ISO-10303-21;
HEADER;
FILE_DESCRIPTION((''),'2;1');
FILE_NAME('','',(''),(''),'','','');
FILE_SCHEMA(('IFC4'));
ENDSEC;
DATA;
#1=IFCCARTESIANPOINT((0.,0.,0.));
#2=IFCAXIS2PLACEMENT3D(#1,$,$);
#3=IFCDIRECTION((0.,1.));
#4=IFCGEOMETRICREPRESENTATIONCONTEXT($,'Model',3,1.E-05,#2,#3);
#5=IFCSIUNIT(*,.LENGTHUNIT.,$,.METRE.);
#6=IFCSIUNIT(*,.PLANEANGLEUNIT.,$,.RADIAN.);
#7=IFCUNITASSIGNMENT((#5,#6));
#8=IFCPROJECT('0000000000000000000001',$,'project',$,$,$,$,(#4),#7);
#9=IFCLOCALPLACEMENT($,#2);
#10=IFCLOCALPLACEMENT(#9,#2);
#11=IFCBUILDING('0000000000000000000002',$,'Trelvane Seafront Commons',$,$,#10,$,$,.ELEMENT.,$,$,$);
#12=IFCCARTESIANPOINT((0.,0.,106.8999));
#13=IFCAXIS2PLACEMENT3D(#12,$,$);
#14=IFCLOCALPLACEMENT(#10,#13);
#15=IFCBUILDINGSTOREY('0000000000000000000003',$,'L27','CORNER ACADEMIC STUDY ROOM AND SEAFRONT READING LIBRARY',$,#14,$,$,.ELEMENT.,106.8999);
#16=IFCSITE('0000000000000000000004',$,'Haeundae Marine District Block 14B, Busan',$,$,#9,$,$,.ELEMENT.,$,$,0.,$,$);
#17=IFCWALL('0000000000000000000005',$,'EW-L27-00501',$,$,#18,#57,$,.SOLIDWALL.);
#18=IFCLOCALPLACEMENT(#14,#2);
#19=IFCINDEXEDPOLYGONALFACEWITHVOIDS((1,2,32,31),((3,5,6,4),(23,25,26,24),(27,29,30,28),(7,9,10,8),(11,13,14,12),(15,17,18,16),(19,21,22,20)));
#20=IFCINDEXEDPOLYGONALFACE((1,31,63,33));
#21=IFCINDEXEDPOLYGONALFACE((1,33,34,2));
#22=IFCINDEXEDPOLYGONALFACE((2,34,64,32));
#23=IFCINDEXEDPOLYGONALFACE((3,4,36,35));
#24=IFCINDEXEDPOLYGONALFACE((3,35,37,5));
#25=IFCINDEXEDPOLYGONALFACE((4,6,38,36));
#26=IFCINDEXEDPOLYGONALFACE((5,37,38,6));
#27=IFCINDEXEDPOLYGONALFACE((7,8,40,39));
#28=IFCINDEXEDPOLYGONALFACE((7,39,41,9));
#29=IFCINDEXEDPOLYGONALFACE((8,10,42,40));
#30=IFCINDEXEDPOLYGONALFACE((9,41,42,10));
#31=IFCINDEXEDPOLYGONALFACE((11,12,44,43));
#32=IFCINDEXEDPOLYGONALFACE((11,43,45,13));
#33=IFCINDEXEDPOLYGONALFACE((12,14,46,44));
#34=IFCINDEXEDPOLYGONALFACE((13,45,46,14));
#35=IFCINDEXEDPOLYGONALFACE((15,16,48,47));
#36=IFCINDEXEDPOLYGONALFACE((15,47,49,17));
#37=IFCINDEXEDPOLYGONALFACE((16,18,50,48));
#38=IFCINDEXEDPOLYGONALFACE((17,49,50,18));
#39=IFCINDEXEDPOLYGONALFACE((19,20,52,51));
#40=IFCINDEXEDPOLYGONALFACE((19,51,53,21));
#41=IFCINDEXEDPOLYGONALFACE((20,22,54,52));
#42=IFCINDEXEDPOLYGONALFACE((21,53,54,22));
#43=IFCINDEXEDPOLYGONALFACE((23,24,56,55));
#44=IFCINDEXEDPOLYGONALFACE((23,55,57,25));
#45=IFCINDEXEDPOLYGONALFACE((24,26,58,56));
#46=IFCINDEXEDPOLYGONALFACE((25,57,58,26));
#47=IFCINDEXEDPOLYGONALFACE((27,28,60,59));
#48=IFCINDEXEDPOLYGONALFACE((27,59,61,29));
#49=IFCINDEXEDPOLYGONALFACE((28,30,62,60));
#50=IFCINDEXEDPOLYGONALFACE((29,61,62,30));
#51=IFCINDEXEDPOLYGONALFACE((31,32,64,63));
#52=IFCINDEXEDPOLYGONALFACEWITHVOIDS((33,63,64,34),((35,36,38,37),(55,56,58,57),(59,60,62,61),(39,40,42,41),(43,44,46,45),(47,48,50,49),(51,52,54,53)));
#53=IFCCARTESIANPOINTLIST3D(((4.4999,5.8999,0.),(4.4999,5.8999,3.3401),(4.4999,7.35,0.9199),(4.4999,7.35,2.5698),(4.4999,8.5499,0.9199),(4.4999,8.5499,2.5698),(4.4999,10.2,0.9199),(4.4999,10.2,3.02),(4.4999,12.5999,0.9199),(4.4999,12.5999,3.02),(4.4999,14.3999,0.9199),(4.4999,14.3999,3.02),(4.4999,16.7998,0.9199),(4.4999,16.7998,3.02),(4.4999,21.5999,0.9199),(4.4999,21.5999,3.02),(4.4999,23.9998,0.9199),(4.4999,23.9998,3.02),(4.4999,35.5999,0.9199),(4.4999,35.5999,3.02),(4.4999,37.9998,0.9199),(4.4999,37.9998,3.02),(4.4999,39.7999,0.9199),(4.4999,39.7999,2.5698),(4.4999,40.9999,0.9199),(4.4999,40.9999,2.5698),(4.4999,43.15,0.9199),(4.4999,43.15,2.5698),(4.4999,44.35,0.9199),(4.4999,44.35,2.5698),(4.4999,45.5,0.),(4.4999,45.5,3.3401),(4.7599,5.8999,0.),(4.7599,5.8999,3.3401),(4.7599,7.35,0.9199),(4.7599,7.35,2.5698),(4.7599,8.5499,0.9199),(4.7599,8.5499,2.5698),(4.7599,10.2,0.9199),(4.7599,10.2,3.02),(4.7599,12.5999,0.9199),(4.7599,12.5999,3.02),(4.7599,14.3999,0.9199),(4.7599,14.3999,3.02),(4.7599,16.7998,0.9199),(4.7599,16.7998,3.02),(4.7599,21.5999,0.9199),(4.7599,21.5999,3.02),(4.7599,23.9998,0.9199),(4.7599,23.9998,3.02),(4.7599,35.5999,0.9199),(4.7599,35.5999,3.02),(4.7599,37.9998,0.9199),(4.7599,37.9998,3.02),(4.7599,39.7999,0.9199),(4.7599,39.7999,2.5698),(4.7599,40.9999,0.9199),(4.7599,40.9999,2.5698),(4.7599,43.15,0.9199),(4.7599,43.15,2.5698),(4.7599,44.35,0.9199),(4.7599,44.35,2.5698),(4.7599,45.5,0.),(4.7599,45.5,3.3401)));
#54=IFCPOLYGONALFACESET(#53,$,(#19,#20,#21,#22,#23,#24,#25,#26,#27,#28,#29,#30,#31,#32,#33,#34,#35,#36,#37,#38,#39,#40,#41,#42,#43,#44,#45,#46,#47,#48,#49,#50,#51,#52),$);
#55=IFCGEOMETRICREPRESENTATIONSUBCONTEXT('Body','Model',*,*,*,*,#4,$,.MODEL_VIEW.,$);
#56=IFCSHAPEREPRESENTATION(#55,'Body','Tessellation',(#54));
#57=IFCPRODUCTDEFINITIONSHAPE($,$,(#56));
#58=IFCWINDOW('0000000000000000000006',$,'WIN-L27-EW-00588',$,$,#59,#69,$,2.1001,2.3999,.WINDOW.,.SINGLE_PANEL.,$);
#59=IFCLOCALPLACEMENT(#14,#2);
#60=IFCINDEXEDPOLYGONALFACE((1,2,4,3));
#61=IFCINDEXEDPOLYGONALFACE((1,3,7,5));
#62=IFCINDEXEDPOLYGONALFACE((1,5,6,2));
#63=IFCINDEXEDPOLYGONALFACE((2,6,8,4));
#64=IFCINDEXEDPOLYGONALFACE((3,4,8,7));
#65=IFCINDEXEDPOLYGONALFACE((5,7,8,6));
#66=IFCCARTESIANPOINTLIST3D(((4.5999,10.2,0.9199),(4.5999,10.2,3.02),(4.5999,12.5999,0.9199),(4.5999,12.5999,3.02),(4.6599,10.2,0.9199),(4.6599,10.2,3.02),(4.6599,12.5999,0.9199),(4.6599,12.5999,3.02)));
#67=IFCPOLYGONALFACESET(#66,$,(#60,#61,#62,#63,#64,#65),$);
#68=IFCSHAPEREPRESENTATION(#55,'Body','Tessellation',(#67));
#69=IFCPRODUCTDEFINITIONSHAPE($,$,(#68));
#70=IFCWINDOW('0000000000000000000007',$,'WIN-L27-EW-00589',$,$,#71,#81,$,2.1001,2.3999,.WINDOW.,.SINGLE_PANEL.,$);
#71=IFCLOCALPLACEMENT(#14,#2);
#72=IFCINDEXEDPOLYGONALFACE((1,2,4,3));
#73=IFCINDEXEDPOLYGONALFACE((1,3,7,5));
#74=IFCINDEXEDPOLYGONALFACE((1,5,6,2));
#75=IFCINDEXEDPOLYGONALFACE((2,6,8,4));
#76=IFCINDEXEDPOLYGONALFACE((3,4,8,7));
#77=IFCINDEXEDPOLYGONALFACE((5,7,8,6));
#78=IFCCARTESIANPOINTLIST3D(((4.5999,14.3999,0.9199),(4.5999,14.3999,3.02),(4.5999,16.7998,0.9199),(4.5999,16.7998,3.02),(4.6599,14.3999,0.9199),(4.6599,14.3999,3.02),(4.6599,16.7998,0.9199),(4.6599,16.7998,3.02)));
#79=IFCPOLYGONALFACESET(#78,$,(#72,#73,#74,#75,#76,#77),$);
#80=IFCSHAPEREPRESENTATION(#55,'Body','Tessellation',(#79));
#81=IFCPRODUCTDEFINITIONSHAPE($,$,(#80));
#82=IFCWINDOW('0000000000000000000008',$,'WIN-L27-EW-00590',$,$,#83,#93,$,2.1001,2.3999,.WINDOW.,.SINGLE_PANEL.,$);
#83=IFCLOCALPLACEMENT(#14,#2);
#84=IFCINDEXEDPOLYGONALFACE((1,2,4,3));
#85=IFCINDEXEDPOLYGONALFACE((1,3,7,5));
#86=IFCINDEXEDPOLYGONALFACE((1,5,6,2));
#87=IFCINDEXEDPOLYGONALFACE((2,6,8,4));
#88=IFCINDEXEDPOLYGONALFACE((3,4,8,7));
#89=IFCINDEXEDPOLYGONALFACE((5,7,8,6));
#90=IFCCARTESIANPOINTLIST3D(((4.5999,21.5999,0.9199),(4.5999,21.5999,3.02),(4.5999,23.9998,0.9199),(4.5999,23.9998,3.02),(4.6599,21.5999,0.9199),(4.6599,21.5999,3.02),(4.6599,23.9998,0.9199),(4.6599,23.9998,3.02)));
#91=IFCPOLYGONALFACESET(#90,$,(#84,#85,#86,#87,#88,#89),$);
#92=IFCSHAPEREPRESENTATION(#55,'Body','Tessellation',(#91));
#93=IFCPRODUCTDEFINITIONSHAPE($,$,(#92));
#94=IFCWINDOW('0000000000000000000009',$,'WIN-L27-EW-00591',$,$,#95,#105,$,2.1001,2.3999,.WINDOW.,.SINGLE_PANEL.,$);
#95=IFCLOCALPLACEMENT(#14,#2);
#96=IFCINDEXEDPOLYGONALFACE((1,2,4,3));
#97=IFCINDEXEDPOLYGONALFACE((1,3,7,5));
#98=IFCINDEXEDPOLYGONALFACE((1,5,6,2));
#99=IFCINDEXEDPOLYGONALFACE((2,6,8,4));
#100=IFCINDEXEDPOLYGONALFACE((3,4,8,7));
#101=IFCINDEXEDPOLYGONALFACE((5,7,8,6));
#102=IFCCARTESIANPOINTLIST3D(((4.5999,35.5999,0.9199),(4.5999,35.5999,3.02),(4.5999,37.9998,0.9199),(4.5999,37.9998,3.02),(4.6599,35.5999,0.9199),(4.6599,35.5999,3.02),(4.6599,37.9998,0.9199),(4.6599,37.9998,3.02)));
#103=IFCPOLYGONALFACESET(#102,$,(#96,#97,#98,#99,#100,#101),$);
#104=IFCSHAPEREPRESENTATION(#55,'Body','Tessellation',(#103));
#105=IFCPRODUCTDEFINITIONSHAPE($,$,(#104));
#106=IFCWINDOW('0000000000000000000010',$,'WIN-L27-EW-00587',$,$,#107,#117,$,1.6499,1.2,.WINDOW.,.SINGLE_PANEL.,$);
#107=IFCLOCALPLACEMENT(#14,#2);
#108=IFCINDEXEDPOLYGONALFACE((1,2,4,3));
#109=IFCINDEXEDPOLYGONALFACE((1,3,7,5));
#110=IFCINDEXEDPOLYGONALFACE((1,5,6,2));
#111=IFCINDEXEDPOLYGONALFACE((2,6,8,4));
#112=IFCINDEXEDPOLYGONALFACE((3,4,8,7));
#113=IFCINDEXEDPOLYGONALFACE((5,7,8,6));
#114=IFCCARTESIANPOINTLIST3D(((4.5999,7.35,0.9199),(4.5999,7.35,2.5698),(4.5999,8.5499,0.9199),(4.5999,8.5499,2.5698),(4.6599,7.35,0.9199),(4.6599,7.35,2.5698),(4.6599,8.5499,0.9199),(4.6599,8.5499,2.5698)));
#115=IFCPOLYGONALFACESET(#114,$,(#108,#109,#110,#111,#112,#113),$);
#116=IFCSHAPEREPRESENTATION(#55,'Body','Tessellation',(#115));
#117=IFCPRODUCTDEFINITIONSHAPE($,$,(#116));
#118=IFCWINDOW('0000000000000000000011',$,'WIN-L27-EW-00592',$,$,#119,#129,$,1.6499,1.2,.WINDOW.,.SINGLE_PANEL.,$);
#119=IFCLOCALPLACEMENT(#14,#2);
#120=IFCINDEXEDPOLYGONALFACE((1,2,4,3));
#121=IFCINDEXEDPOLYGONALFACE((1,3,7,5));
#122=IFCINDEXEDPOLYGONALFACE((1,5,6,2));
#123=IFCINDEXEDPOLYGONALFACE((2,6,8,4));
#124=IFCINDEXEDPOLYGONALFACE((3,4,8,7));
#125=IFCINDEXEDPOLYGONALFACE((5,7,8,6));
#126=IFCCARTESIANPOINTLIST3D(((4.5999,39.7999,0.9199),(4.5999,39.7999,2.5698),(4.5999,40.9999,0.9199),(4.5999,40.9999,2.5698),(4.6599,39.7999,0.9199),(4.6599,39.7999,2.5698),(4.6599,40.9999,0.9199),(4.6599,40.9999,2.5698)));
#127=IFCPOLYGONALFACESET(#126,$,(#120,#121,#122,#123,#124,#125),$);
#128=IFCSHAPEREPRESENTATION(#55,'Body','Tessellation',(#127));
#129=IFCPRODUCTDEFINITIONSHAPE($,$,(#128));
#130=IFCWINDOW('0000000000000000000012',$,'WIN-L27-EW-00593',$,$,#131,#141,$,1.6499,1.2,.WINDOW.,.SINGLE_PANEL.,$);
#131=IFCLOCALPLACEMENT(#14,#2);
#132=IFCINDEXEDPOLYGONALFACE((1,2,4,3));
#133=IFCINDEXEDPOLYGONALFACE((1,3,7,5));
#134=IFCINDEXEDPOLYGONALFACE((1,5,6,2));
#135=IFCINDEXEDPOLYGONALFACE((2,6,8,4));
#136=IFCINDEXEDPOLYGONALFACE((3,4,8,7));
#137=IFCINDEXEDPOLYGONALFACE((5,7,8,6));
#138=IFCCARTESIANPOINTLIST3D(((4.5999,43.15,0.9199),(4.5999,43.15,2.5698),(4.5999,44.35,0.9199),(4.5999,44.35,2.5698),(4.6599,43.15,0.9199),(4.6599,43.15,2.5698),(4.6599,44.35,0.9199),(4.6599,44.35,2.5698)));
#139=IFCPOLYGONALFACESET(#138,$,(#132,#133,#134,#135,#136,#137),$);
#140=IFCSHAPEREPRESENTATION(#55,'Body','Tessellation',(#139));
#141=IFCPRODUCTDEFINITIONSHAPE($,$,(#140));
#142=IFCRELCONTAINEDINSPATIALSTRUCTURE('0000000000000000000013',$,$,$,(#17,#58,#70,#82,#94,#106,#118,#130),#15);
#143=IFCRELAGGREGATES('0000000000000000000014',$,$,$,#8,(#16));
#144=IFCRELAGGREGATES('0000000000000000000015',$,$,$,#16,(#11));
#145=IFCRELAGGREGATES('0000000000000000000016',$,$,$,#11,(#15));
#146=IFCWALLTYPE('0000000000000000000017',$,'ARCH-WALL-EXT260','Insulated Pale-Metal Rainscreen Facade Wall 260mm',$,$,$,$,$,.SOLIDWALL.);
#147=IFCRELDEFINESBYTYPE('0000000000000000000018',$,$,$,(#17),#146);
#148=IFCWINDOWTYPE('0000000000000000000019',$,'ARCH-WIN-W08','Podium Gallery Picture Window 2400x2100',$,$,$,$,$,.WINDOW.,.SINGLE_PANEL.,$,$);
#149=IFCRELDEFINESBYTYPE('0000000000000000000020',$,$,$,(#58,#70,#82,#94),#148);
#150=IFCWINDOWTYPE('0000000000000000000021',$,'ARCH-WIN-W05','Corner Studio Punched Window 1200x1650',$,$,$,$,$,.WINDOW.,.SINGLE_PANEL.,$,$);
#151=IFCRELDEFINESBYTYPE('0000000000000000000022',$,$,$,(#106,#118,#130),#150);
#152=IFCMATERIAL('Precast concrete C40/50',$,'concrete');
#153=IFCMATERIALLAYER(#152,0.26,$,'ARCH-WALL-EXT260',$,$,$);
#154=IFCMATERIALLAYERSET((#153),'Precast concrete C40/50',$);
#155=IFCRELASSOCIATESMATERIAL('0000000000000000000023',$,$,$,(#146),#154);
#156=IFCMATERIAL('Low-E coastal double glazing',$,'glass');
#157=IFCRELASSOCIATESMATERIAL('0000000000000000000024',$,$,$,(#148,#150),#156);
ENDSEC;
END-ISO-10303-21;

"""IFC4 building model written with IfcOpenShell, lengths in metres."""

from ifc_helpers import new_model, si_unit, direction, frame, frame_2d, origin, place, context, subcontext, project, spatial, rectangle, extrude, source, transform, mapped, material, layer, layer_set, type_object, element, fill, save


model = new_model("IFC4")

# Units and contexts
model_context = context("Model", 3, precision=1e-05, world=origin(), true_north=direction((0.0, 1.0)))
body_context = subcontext(model_context, "Body", "Model", "MODEL_VIEW")
ifc_project = project(units=[si_unit("LENGTHUNIT", "METRE"), si_unit("PLANEANGLEUNIT", "RADIAN")], contexts=[model_context])

# Site, building, storey
site_placement = place(None, origin())
site = spatial("IfcSite", under=ifc_project, at=site_placement, Name="Haeundae Marine District Block 14B, Busan", CompositionType="ELEMENT", RefElevation=0.0)
building_placement = place(site_placement, origin())
building = spatial("IfcBuilding", under=site, at=building_placement, Name="Trelvane Seafront Commons", CompositionType="ELEMENT")
storey_placement = place(building_placement, frame((0.0, 0.0, 106.8999)))
storey = spatial("IfcBuildingStorey", under=building, at=storey_placement, Name="L27", Description="CORNER ACADEMIC STUDY ROOM AND SEAFRONT READING LIBRARY", CompositionType="ELEMENT", Elevation=106.8999)

# Shared definitions
ifc_material_1 = material(Name="Precast concrete C40/50", Category="concrete")
ifc_layer_1 = layer(ifc_material_1, 0.26, Name="ARCH-WALL-EXT260")
ifc_layer_set_1 = layer_set([ifc_layer_1], Name="Precast concrete C40/50")
wall_type_1 = type_object("IfcWallType", Name="ARCH-WALL-EXT260", Description="Insulated Pale-Metal Rainscreen Facade Wall 260mm", PredefinedType="SOLIDWALL", material=ifc_layer_set_1)

# Wall, openings, windows
wall_1_placement = place(storey_placement, frame((4.6299, 5.8999, 0.0), z_axis=(0.0, 0.0, 1.0), x_axis=(0.0, 1.0, 0.0)))
wall_1 = element("IfcWall", 1, at=wall_1_placement, inside=storey, type_object=wall_type_1, Name="EW-L27-00501", PredefinedType="SOLIDWALL", context=body_context, shape_type="SweptSolid", body=[
    extrude(rectangle(XDim=39.6001, YDim=0.26, at=frame_2d((19.8, 0.0))), origin(), (0.0, 0.0, 1.0), 3.3401),
])
opening_1_placement = place(wall_1_placement, frame((1.45, 0.0, 0.9199)))
opening_1 = element("IfcOpeningElement", 2, at=opening_1_placement, cuts=wall_1, PredefinedType="OPENING", context=body_context, shape_type="SweptSolid", body=[
    extrude(rectangle(XDim=1.2, YDim=1.6499, at=frame_2d((0.6001, 0.825))), frame((0.0, 0.1399, 0.0), z_axis=(0.0, -1.0, 0.0), x_axis=(1.0, 0.0, 0.0)), (0.0, 0.0, 1.0), 0.28),
])
opening_2_placement = place(wall_1_placement, frame((4.3, 0.0, 0.9199)))
opening_2 = element("IfcOpeningElement", 3, at=opening_2_placement, cuts=wall_1, PredefinedType="OPENING", context=body_context, shape_type="SweptSolid", body=[
    extrude(rectangle(XDim=2.3999, YDim=2.1001, at=frame_2d((1.2, 1.05))), frame((0.0, 0.1399, 0.0), z_axis=(0.0, -1.0, 0.0), x_axis=(1.0, 0.0, 0.0)), (0.0, 0.0, 1.0), 0.28),
])
opening_3_placement = place(wall_1_placement, frame((8.5, 0.0, 0.9199)))
opening_3 = element("IfcOpeningElement", 4, at=opening_3_placement, cuts=wall_1, PredefinedType="OPENING", context=body_context, shape_type="SweptSolid", body=[
    extrude(rectangle(XDim=2.3999, YDim=2.1001, at=frame_2d((1.2, 1.05))), frame((0.0, 0.1399, 0.0), z_axis=(0.0, -1.0, 0.0), x_axis=(1.0, 0.0, 0.0)), (0.0, 0.0, 1.0), 0.28),
])
opening_4_placement = place(wall_1_placement, frame((15.7, 0.0, 0.9199)))
opening_4 = element("IfcOpeningElement", 5, at=opening_4_placement, cuts=wall_1, PredefinedType="OPENING", context=body_context, shape_type="SweptSolid", body=[
    extrude(rectangle(XDim=2.3999, YDim=2.1001, at=frame_2d((1.2, 1.05))), frame((0.0, 0.1399, 0.0), z_axis=(0.0, -1.0, 0.0), x_axis=(1.0, 0.0, 0.0)), (0.0, 0.0, 1.0), 0.28),
])
opening_5_placement = place(wall_1_placement, frame((29.7, 0.0, 0.9199)))
opening_5 = element("IfcOpeningElement", 6, at=opening_5_placement, cuts=wall_1, PredefinedType="OPENING", context=body_context, shape_type="SweptSolid", body=[
    extrude(rectangle(XDim=2.3999, YDim=2.1001, at=frame_2d((1.2, 1.05))), frame((0.0, 0.1399, 0.0), z_axis=(0.0, -1.0, 0.0), x_axis=(1.0, 0.0, 0.0)), (0.0, 0.0, 1.0), 0.28),
])
opening_6_placement = place(wall_1_placement, frame((33.8999, 0.0, 0.9199)))
opening_6 = element("IfcOpeningElement", 7, at=opening_6_placement, cuts=wall_1, PredefinedType="OPENING", context=body_context, shape_type="SweptSolid", body=[
    extrude(rectangle(XDim=1.2, YDim=1.6499, at=frame_2d((0.6001, 0.825))), frame((0.0, 0.1399, 0.0), z_axis=(0.0, -1.0, 0.0), x_axis=(1.0, 0.0, 0.0)), (0.0, 0.0, 1.0), 0.28),
])
opening_7_placement = place(wall_1_placement, frame((37.25, 0.0, 0.9199)))
opening_7 = element("IfcOpeningElement", 8, at=opening_7_placement, cuts=wall_1, PredefinedType="OPENING", context=body_context, shape_type="SweptSolid", body=[
    extrude(rectangle(XDim=1.2, YDim=1.6499, at=frame_2d((0.6001, 0.825))), frame((0.0, 0.1399, 0.0), z_axis=(0.0, -1.0, 0.0), x_axis=(1.0, 0.0, 0.0)), (0.0, 0.0, 1.0), 0.28),
])
ifc_material_2 = material(Name="Low-E coastal double glazing", Category="glass")
window_type_1 = type_object("IfcWindowType", Name="ARCH-WIN-W08", Description="Podium Gallery Picture Window 2400x2100", PartitioningType="SINGLE_PANEL", PredefinedType="WINDOW", material=ifc_material_2)
shared_shape_1 = source(origin(), body_context, "Body", "SweptSolid", [
    extrude(rectangle(XDim=2.3999, YDim=2.1001, at=frame_2d((1.2, 1.05))), frame((0.0, 0.03, 0.0), z_axis=(0.0, -1.0, 0.0), x_axis=(1.0, 0.0, 0.0)), (0.0, 0.0, 1.0), 0.0601),
])
window_1_placement = place(opening_2_placement, origin())
window_1 = element("IfcWindow", 9, at=window_1_placement, inside=storey, type_object=window_type_1, Name="WIN-L27-EW-00588", OverallHeight=2.1001, OverallWidth=2.3999, PartitioningType="SINGLE_PANEL", PredefinedType="WINDOW", context=body_context, shape_type="MappedRepresentation", body=[
    mapped(shared_shape_1, transform((0.0, 0.0, 0.0), x_axis=(1.0, 0.0, 0.0), y_axis=(0.0, 1.0, 0.0), z_axis=(0.0, 0.0, 1.0), scale=1.0)),
])
fill(opening_2, window_1)
window_2_placement = place(opening_3_placement, origin())
window_2 = element("IfcWindow", 10, at=window_2_placement, inside=storey, type_object=window_type_1, Name="WIN-L27-EW-00589", OverallHeight=2.1001, OverallWidth=2.3999, PartitioningType="SINGLE_PANEL", PredefinedType="WINDOW", context=body_context, shape_type="MappedRepresentation", body=[
    mapped(shared_shape_1, transform((0.0, 0.0, 0.0), x_axis=(1.0, 0.0, 0.0), y_axis=(0.0, 1.0, 0.0), z_axis=(0.0, 0.0, 1.0), scale=1.0)),
])
fill(opening_3, window_2)
window_3_placement = place(opening_4_placement, origin())
window_3 = element("IfcWindow", 11, at=window_3_placement, inside=storey, type_object=window_type_1, Name="WIN-L27-EW-00590", OverallHeight=2.1001, OverallWidth=2.3999, PartitioningType="SINGLE_PANEL", PredefinedType="WINDOW", context=body_context, shape_type="MappedRepresentation", body=[
    mapped(shared_shape_1, transform((0.0, 0.0, 0.0), x_axis=(1.0, 0.0, 0.0), y_axis=(0.0, 1.0, 0.0), z_axis=(0.0, 0.0, 1.0), scale=1.0)),
])
fill(opening_4, window_3)
window_4_placement = place(opening_5_placement, origin())
window_4 = element("IfcWindow", 12, at=window_4_placement, inside=storey, type_object=window_type_1, Name="WIN-L27-EW-00591", OverallHeight=2.1001, OverallWidth=2.3999, PartitioningType="SINGLE_PANEL", PredefinedType="WINDOW", context=body_context, shape_type="MappedRepresentation", body=[
    mapped(shared_shape_1, transform((0.0, 0.0, 0.0), x_axis=(1.0, 0.0, 0.0), y_axis=(0.0, 1.0, 0.0), z_axis=(0.0, 0.0, 1.0), scale=1.0)),
])
fill(opening_5, window_4)
window_type_2 = type_object("IfcWindowType", Name="ARCH-WIN-W05", Description="Corner Studio Punched Window 1200x1650", PartitioningType="SINGLE_PANEL", PredefinedType="WINDOW", material=ifc_material_2)
shared_shape_2 = source(origin(), body_context, "Body", "SweptSolid", [
    extrude(rectangle(XDim=1.2, YDim=1.6499, at=frame_2d((0.6001, 0.825))), frame((0.0, 0.03, 0.0), z_axis=(0.0, -1.0, 0.0), x_axis=(1.0, 0.0, 0.0)), (0.0, 0.0, 1.0), 0.0601),
])
window_5_placement = place(opening_1_placement, origin())
window_5 = element("IfcWindow", 13, at=window_5_placement, inside=storey, type_object=window_type_2, Name="WIN-L27-EW-00587", OverallHeight=1.6499, OverallWidth=1.2, PartitioningType="SINGLE_PANEL", PredefinedType="WINDOW", context=body_context, shape_type="MappedRepresentation", body=[
    mapped(shared_shape_2, transform((0.0, 0.0, 0.0), x_axis=(1.0, 0.0, 0.0), y_axis=(0.0, 1.0, 0.0), z_axis=(0.0, 0.0, 1.0), scale=1.0)),
])
fill(opening_1, window_5)
window_6_placement = place(opening_6_placement, origin())
window_6 = element("IfcWindow", 14, at=window_6_placement, inside=storey, type_object=window_type_2, Name="WIN-L27-EW-00592", OverallHeight=1.6499, OverallWidth=1.2, PartitioningType="SINGLE_PANEL", PredefinedType="WINDOW", context=body_context, shape_type="MappedRepresentation", body=[
    mapped(shared_shape_2, transform((0.0, 0.0, 0.0), x_axis=(1.0, 0.0, 0.0), y_axis=(0.0, 1.0, 0.0), z_axis=(0.0, 0.0, 1.0), scale=1.0)),
])
fill(opening_6, window_6)
window_7_placement = place(opening_7_placement, origin())
window_7 = element("IfcWindow", 15, at=window_7_placement, inside=storey, type_object=window_type_2, Name="WIN-L27-EW-00593", OverallHeight=1.6499, OverallWidth=1.2, PartitioningType="SINGLE_PANEL", PredefinedType="WINDOW", context=body_context, shape_type="MappedRepresentation", body=[
    mapped(shared_shape_2, transform((0.0, 0.0, 0.0), x_axis=(1.0, 0.0, 0.0), y_axis=(0.0, 1.0, 0.0), z_axis=(0.0, 0.0, 1.0), scale=1.0)),
])
fill(opening_7, window_7)

save(model, "model.ifc")
